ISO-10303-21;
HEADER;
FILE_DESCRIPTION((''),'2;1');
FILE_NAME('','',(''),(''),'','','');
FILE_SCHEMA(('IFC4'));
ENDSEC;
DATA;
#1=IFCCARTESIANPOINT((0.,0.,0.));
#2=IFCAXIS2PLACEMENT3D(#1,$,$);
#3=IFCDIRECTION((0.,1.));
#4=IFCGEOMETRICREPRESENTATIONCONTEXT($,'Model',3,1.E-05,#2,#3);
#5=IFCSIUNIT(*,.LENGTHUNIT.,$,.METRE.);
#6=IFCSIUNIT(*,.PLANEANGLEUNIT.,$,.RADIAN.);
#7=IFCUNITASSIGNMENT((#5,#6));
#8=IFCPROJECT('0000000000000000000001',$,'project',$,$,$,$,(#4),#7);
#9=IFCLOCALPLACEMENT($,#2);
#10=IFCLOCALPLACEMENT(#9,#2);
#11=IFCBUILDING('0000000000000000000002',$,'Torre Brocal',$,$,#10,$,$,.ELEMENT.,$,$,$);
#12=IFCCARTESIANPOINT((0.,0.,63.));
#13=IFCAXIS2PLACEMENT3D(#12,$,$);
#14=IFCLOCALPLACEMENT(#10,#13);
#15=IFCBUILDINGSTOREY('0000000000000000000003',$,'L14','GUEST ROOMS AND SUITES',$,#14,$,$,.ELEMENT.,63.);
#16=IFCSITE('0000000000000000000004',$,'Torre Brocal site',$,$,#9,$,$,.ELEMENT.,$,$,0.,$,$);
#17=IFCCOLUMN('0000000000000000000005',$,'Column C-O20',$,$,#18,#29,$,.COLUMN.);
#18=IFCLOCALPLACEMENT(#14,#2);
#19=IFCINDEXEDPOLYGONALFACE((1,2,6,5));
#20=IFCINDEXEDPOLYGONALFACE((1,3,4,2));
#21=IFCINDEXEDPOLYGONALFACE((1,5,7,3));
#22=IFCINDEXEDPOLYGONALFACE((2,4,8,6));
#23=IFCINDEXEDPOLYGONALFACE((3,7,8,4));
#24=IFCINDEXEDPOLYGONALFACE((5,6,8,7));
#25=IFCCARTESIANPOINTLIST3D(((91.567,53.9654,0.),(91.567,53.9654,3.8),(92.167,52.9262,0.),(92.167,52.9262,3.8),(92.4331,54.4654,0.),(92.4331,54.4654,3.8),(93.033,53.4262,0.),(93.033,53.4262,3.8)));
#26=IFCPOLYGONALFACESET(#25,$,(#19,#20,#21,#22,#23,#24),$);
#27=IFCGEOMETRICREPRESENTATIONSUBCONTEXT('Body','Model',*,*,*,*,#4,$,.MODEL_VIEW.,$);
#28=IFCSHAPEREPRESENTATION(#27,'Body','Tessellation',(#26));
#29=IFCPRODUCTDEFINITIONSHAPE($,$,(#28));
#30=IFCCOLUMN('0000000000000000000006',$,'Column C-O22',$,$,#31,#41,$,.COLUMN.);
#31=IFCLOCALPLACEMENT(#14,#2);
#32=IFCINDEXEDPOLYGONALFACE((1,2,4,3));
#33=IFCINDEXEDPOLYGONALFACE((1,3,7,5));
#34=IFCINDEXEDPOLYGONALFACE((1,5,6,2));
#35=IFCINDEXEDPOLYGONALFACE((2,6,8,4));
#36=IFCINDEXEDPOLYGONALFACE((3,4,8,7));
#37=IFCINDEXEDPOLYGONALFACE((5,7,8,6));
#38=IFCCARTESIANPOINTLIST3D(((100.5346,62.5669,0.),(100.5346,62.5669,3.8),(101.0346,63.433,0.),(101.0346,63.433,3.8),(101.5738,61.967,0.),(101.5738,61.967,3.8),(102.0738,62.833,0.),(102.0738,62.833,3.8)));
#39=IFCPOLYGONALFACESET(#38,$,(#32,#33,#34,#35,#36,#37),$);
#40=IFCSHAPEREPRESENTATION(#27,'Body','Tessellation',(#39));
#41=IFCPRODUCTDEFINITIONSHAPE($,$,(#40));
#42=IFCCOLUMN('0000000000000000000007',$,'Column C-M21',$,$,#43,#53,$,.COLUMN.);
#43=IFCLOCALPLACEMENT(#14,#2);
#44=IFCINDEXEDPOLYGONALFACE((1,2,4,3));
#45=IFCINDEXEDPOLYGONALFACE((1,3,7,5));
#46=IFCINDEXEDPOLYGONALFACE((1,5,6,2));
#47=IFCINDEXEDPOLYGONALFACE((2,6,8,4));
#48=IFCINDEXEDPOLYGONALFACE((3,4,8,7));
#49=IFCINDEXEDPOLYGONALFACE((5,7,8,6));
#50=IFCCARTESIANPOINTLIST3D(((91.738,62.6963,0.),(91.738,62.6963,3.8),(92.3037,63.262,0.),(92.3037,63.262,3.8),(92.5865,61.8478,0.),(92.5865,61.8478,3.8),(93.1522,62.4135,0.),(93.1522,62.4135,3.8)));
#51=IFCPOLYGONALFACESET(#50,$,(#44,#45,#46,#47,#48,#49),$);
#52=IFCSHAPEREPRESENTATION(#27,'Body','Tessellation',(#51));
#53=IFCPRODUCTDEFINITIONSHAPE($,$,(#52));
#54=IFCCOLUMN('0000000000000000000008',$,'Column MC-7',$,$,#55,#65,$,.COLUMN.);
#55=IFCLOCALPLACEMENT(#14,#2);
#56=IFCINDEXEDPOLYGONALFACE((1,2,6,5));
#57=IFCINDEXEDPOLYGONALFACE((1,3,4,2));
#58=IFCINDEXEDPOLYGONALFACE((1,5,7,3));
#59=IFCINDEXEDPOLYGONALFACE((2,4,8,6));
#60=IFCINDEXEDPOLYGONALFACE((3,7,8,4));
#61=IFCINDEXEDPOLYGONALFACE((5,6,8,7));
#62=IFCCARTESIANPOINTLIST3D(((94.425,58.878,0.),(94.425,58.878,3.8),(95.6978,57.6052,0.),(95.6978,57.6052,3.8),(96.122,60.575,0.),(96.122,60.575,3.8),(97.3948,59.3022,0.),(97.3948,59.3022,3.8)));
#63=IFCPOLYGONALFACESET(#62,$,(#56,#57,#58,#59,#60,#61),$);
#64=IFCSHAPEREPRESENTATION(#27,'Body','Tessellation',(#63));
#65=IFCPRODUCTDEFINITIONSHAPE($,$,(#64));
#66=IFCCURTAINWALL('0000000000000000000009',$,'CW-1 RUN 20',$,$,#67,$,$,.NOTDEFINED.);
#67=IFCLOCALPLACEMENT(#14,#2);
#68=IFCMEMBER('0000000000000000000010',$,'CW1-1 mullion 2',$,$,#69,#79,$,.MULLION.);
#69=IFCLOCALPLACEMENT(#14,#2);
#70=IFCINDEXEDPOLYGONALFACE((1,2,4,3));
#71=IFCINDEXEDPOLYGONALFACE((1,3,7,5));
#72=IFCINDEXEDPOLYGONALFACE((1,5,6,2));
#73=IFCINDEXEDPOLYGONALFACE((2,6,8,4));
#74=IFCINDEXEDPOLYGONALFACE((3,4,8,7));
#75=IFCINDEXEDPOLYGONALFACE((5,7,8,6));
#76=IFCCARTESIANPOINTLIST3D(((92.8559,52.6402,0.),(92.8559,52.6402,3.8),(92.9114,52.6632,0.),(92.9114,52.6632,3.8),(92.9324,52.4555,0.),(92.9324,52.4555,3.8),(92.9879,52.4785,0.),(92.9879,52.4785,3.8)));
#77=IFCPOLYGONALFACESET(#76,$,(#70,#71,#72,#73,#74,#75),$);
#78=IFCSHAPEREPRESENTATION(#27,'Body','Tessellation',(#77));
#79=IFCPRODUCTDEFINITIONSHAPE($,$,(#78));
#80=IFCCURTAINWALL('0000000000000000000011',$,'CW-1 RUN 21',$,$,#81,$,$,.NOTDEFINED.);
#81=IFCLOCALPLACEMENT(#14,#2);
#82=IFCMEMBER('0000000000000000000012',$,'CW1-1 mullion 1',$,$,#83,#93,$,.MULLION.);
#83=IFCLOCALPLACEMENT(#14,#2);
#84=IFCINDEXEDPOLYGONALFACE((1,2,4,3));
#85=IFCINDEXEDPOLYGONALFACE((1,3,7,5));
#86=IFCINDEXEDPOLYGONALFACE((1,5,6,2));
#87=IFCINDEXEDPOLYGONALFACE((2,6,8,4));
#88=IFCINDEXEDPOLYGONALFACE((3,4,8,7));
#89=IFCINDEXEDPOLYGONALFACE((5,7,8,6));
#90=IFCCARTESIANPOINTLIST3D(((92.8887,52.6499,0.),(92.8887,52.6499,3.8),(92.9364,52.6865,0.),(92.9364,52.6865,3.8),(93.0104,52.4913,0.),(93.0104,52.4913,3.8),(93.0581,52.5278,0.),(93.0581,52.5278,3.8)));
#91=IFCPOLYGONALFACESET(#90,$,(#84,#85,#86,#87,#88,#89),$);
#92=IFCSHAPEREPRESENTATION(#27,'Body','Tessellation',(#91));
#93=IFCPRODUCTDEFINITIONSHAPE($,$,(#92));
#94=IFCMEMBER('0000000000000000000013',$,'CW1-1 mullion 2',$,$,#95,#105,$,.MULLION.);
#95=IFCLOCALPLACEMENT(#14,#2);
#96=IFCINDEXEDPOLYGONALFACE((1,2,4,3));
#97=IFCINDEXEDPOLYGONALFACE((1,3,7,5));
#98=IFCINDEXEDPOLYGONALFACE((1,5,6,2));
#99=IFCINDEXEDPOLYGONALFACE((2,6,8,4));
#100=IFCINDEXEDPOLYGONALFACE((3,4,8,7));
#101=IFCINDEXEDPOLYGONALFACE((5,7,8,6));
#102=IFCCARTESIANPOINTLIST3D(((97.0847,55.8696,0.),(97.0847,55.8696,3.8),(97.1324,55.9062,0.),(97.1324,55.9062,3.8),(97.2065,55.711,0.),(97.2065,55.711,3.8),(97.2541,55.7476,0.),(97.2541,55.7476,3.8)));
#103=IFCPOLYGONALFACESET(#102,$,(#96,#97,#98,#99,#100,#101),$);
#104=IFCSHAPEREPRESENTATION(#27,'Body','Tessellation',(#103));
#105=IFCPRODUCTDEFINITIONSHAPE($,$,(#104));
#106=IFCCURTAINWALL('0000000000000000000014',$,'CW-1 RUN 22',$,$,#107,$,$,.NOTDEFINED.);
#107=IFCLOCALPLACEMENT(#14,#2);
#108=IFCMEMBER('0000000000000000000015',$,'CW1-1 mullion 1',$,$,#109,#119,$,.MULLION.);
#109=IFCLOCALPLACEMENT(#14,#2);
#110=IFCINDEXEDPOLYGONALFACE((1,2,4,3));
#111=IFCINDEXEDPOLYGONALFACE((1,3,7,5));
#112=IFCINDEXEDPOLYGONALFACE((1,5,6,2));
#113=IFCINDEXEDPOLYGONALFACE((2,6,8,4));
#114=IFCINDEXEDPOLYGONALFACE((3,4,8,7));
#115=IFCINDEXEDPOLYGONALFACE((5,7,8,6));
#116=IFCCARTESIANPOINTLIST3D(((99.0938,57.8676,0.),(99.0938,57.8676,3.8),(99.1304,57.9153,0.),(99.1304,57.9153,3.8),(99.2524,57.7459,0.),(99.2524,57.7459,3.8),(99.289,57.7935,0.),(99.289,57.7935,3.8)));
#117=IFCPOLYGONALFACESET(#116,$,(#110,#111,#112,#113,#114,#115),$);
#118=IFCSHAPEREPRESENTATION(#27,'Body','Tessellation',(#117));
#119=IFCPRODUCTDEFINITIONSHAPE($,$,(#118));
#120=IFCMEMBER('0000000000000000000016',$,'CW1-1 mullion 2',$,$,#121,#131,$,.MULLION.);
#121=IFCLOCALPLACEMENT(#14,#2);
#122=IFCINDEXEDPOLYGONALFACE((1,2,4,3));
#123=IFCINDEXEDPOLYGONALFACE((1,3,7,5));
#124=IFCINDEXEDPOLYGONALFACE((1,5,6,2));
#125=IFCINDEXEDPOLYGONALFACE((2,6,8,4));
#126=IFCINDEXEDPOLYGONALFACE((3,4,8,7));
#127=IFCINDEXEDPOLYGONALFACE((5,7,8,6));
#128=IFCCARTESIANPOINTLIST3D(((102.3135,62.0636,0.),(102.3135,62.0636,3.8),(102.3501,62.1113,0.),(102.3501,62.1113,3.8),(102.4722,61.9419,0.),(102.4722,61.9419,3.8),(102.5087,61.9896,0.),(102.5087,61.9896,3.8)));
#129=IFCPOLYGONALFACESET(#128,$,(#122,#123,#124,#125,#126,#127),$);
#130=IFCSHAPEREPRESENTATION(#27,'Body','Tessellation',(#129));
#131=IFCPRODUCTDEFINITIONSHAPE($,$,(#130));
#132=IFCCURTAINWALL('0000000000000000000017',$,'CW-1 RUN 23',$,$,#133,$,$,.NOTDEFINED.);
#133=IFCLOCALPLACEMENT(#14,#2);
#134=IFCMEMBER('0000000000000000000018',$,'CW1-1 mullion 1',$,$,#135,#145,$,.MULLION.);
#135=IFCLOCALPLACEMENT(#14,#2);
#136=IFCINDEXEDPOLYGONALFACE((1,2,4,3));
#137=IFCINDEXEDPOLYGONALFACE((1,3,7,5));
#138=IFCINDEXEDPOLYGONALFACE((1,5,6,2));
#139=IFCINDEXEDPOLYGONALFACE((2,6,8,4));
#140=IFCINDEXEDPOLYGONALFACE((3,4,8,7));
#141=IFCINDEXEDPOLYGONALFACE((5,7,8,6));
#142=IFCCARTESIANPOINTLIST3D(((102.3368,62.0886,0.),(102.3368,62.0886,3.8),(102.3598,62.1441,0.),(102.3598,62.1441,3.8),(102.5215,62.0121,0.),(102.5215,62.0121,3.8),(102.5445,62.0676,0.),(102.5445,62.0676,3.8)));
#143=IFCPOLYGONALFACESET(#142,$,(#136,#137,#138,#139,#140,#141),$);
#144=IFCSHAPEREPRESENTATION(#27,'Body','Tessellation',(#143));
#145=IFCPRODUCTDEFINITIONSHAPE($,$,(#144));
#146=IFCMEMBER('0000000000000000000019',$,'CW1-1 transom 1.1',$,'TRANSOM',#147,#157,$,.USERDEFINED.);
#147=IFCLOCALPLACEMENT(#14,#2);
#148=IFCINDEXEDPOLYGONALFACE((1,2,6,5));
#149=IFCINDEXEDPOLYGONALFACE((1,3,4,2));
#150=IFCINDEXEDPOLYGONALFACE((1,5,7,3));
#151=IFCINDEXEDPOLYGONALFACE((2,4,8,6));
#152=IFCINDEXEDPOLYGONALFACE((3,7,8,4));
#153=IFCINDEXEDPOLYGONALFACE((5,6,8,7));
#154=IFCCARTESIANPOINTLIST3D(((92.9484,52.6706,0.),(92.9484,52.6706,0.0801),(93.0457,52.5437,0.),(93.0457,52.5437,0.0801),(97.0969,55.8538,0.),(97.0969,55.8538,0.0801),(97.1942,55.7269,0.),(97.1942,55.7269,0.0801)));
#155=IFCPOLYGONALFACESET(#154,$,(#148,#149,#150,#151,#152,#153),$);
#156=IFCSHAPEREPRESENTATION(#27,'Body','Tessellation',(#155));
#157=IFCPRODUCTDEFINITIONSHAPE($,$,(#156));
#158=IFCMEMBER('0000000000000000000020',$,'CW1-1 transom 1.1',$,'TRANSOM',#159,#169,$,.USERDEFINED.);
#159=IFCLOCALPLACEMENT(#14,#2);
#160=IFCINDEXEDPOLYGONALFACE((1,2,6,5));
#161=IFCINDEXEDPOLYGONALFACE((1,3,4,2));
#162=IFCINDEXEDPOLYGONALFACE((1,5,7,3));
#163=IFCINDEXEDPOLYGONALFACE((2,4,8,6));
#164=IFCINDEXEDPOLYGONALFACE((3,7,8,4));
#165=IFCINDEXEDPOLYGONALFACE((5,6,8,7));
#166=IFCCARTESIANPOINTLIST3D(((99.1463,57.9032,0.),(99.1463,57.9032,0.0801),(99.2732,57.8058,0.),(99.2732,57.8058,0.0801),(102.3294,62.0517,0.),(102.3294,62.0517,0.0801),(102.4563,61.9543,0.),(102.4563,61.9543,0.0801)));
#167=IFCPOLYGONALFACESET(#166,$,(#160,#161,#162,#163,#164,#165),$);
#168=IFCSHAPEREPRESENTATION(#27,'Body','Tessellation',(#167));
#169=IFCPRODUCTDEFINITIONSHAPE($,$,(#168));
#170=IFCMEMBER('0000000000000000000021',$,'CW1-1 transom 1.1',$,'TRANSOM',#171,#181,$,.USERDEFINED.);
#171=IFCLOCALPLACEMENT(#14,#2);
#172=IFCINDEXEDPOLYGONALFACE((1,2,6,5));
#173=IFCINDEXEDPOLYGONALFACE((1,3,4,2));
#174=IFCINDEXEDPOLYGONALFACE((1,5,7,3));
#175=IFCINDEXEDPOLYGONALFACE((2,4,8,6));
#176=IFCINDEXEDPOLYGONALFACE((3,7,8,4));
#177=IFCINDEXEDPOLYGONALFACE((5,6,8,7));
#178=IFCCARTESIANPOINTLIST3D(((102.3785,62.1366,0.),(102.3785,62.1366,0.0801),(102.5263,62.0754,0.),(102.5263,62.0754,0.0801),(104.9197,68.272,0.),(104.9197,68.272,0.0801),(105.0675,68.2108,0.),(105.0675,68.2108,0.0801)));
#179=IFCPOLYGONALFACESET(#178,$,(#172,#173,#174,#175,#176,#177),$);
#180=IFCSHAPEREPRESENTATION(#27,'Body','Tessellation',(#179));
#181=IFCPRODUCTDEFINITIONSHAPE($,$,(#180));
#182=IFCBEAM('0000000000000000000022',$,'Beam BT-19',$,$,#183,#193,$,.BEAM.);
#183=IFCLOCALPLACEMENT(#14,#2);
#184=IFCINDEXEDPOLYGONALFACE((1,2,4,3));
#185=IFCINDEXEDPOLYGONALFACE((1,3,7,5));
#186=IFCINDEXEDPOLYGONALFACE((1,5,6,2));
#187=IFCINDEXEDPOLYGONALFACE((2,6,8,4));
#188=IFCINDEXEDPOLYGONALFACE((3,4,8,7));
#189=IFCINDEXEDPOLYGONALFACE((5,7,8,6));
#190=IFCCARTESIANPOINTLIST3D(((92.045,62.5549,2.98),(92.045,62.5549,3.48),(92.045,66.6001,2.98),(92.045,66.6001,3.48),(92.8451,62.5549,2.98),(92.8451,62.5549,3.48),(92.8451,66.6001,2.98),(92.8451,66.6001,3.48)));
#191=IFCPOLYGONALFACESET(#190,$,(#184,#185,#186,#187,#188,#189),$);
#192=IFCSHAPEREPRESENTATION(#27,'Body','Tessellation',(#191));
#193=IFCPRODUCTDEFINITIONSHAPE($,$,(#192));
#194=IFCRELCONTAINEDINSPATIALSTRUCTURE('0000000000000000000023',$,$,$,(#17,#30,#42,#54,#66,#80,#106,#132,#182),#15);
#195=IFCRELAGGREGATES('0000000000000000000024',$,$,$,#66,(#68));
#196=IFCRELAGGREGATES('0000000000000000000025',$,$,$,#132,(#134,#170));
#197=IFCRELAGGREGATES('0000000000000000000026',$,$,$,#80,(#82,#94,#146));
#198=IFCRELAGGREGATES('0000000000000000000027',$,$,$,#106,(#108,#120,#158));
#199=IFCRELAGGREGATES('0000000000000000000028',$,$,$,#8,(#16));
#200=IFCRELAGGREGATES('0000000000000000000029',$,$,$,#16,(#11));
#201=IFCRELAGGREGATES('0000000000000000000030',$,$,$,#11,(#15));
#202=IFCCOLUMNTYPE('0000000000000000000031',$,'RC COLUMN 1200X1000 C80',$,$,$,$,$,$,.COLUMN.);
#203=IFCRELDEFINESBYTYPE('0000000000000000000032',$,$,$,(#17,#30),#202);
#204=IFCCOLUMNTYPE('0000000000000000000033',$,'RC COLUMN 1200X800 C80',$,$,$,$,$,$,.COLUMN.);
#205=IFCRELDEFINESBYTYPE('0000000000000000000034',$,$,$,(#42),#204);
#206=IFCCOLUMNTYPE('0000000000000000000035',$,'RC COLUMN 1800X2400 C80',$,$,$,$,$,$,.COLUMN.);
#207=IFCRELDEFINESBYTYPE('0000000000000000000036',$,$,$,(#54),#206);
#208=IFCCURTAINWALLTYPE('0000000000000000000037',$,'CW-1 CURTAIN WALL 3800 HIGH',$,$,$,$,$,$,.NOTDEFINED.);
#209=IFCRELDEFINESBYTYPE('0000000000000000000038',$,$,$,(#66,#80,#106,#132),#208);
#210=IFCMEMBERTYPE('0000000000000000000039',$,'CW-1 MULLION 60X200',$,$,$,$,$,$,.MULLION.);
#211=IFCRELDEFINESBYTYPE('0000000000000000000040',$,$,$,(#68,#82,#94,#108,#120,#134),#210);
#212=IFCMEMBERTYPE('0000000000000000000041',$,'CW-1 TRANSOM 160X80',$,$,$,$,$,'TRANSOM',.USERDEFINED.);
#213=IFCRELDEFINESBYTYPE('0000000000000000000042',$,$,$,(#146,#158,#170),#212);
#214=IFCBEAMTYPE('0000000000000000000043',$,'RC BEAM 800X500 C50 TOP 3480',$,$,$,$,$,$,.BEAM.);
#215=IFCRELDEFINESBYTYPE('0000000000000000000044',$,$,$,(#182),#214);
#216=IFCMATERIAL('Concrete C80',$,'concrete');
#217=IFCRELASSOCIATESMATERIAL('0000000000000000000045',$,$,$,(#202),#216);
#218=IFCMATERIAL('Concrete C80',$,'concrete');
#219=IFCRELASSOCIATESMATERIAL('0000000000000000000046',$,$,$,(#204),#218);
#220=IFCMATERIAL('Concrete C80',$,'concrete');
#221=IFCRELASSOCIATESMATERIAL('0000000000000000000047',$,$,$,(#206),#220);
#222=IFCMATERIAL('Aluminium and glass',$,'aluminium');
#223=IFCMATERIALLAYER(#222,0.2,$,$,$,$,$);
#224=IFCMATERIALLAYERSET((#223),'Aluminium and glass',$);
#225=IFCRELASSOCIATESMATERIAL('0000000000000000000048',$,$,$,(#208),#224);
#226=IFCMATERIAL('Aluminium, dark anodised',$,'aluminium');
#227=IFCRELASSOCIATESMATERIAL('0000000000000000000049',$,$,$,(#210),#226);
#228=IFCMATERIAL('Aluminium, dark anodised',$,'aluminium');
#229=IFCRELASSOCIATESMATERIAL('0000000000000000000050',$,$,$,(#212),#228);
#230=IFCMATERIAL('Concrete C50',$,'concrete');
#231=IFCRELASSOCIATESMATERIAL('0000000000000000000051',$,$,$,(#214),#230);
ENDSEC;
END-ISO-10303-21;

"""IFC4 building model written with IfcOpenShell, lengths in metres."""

from ifc_helpers import new_model, si_unit, direction, frame, origin, origin_2d, place, context, subcontext, project, spatial, rectangle, extrude, material, layer, layer_set, material_profile, profile_set, type_object, element, aggregate, save


model = new_model("IFC4")

# Units and contexts
model_context = context("Model", 3, precision=1e-05, world=origin(), true_north=direction((0.0, 1.0)))
body_context = subcontext(model_context, "Body", "Model", "MODEL_VIEW")
ifc_project = project(units=[si_unit("LENGTHUNIT", "METRE"), si_unit("PLANEANGLEUNIT", "RADIAN")], contexts=[model_context])

# Site, building, storey
site_placement = place(None, origin())
site = spatial("IfcSite", under=ifc_project, at=site_placement, Name="Torre Brocal site", CompositionType="ELEMENT", RefElevation=0.0)
building_placement = place(site_placement, origin())
building = spatial("IfcBuilding", under=site, at=building_placement, Name="Torre Brocal", CompositionType="ELEMENT")
storey_placement = place(building_placement, frame((0.0, 0.0, 63.0)))
storey = spatial("IfcBuildingStorey", under=building, at=storey_placement, Name="L14", Description="GUEST ROOMS AND SUITES", CompositionType="ELEMENT", Elevation=63.0)

# Columns
ifc_material_1 = material(Name="Concrete C80", Category="concrete")
ifc_material_profile_1 = material_profile(ifc_material_1, rectangle(XDim=1.2, YDim=1.0, at=origin_2d()), Name="RC 1200X1000")
ifc_profile_set_1 = profile_set([ifc_material_profile_1], Name="Concrete C80")
column_type_1 = type_object("IfcColumnType", Name="RC COLUMN 1200X1000 C80", PredefinedType="COLUMN", material=ifc_profile_set_1)
for number, where, z_axis, x_axis, name in (
    (1, (92.3, 53.6958, 0.0), (0.0, 0.0, 1.0), (0.5, -0.866025, 0.0), "Column C-O20"),
    (2, (101.3042, 62.7, 0.0), (0.0, 0.0, 1.0), (0.866025, -0.5, 0.0), "Column C-O22"),
):
    element("IfcColumn", number, at=place(storey_placement, frame(where, z_axis=z_axis, x_axis=x_axis)), inside=storey, type_object=column_type_1, Name=name, PredefinedType="COLUMN", context=body_context, shape_type="SweptSolid", body=[
        extrude(rectangle(XDim=1.2, YDim=1.0, at=origin_2d()), origin(), (0.0, 0.0, 1.0), 3.8),
    ])
ifc_material_2 = material(Name="Concrete C80", Category="concrete")
ifc_material_profile_2 = material_profile(ifc_material_2, rectangle(XDim=1.2, YDim=0.8, at=origin_2d()), Name="RC 1200X800")
ifc_profile_set_2 = profile_set([ifc_material_profile_2], Name="Concrete C80")
column_type_2 = type_object("IfcColumnType", Name="RC COLUMN 1200X800 C80", PredefinedType="COLUMN", material=ifc_profile_set_2)
column_1_placement = place(storey_placement, frame((92.4451, 62.5549, 0.0), z_axis=(0.0, 0.0, 1.0), x_axis=(0.707107, -0.707107, 0.0)))
element("IfcColumn", 3, at=column_1_placement, inside=storey, type_object=column_type_2, Name="Column C-M21", PredefinedType="COLUMN", context=body_context, shape_type="SweptSolid", body=[
    extrude(rectangle(XDim=1.2, YDim=0.8, at=origin_2d()), origin(), (0.0, 0.0, 1.0), 3.8),
])
ifc_material_3 = material(Name="Concrete C80", Category="concrete")
ifc_material_profile_3 = material_profile(ifc_material_3, rectangle(XDim=1.8, YDim=2.3999, at=origin_2d()), Name="RC 1800X2400")
ifc_profile_set_3 = profile_set([ifc_material_profile_3], Name="Concrete C80")
column_type_3 = type_object("IfcColumnType", Name="RC COLUMN 1800X2400 C80", PredefinedType="COLUMN", material=ifc_profile_set_3)
column_2_placement = place(storey_placement, frame((95.9099, 59.0901, 0.0), z_axis=(0.0, 0.0, 1.0), x_axis=(0.707107, -0.707107, 0.0)))
element("IfcColumn", 4, at=column_2_placement, inside=storey, type_object=column_type_3, Name="Column MC-7", PredefinedType="COLUMN", context=body_context, shape_type="SweptSolid", body=[
    extrude(rectangle(XDim=1.8, YDim=2.3999, at=origin_2d()), origin(), (0.0, 0.0, 1.0), 3.8),
])

# Curtain wall, member
ifc_material_4 = material(Name="Aluminium and glass", Category="aluminium")
ifc_layer_1 = layer(ifc_material_4, 0.2)
ifc_layer_set_1 = layer_set([ifc_layer_1], Name="Aluminium and glass")
curtain_wall_type = type_object("IfcCurtainWallType", Name="CW-1 CURTAIN WALL 3800 HIGH", PredefinedType="NOTDEFINED", material=ifc_layer_set_1)
curtain_wall_1_placement = place(storey_placement, origin())
curtain_wall_1 = element("IfcCurtainWall", 5, at=curtain_wall_1_placement, inside=storey, type_object=curtain_wall_type, Name="CW-1 RUN 20", PredefinedType="NOTDEFINED")
ifc_material_5 = material(Name="Aluminium, dark anodised", Category="aluminium")
ifc_material_profile_4 = material_profile(ifc_material_5, rectangle(XDim=0.2, YDim=0.0601, at=origin_2d()), Name="CW-1 MULLION 60X200")
ifc_profile_set_4 = profile_set([ifc_material_profile_4], Name="Aluminium, dark anodised")
member_type_1 = type_object("IfcMemberType", Name="CW-1 MULLION 60X200", PredefinedType="MULLION", material=ifc_profile_set_4)
member_1_placement = place(storey_placement, frame((92.9219, 52.5593, 0.0), z_axis=(0.0, 0.0, 1.0), x_axis=(-0.382683, 0.92388, 0.0)))
member_1 = element("IfcMember", 6, at=member_1_placement, type_object=member_type_1, Name="CW1-1 mullion 2", PredefinedType="MULLION", context=body_context, shape_type="SweptSolid", body=[
    extrude(rectangle(XDim=0.2, YDim=0.0601, at=origin_2d()), origin(), (0.0, 0.0, 1.0), 3.8),
])
aggregate(curtain_wall_1, [member_1])

# Curtain walls, members
curtain_wall_2_placement = place(storey_placement, origin())
curtain_wall_2 = element("IfcCurtainWall", 7, at=curtain_wall_2_placement, inside=storey, type_object=curtain_wall_type, Name="CW-1 RUN 21", PredefinedType="NOTDEFINED")
member_2_placement = place(storey_placement, frame((92.9734, 52.5889, 0.0), z_axis=(0.0, 0.0, 1.0), x_axis=(-0.608761, 0.793353, 0.0)))
member_2 = element("IfcMember", 8, at=member_2_placement, type_object=member_type_1, Name="CW1-1 mullion 1", PredefinedType="MULLION", context=body_context, shape_type="SweptSolid", body=[
    extrude(rectangle(XDim=0.2, YDim=0.0601, at=origin_2d()), origin(), (0.0, 0.0, 1.0), 3.8),
])
member_3_placement = place(storey_placement, frame((97.1694, 55.8086, 0.0), z_axis=(0.0, 0.0, 1.0), x_axis=(-0.608761, 0.793353, 0.0)))
member_3 = element("IfcMember", 9, at=member_3_placement, type_object=member_type_1, Name="CW1-1 mullion 2", PredefinedType="MULLION", context=body_context, shape_type="SweptSolid", body=[
    extrude(rectangle(XDim=0.2, YDim=0.0601, at=origin_2d()), origin(), (0.0, 0.0, 1.0), 3.8),
])
curtain_wall_3_placement = place(storey_placement, origin())
curtain_wall_3 = element("IfcCurtainWall", 10, at=curtain_wall_3_placement, inside=storey, type_object=curtain_wall_type, Name="CW-1 RUN 22", PredefinedType="NOTDEFINED")
member_4_placement = place(storey_placement, frame((99.1914, 57.8306, 0.0), z_axis=(0.0, 0.0, 1.0), x_axis=(-0.793353, 0.608761, 0.0)))
member_4 = element("IfcMember", 11, at=member_4_placement, type_object=member_type_1, Name="CW1-1 mullion 1", PredefinedType="MULLION", context=body_context, shape_type="SweptSolid", body=[
    extrude(rectangle(XDim=0.2, YDim=0.0601, at=origin_2d()), origin(), (0.0, 0.0, 1.0), 3.8),
])
member_5_placement = place(storey_placement, frame((102.4111, 62.0266, 0.0), z_axis=(0.0, 0.0, 1.0), x_axis=(-0.793353, 0.608761, 0.0)))
member_5 = element("IfcMember", 12, at=member_5_placement, type_object=member_type_1, Name="CW1-1 mullion 2", PredefinedType="MULLION", context=body_context, shape_type="SweptSolid", body=[
    extrude(rectangle(XDim=0.2, YDim=0.0601, at=origin_2d()), origin(), (0.0, 0.0, 1.0), 3.8),
])

# Curtain wall, member
curtain_wall_4_placement = place(storey_placement, origin())
curtain_wall_4 = element("IfcCurtainWall", 13, at=curtain_wall_4_placement, inside=storey, type_object=curtain_wall_type, Name="CW-1 RUN 23", PredefinedType="NOTDEFINED")
member_6_placement = place(storey_placement, frame((102.4407, 62.0781, 0.0), z_axis=(0.0, 0.0, 1.0), x_axis=(-0.92388, 0.382683, 0.0)))
member_6 = element("IfcMember", 14, at=member_6_placement, type_object=member_type_1, Name="CW1-1 mullion 1", PredefinedType="MULLION", context=body_context, shape_type="SweptSolid", body=[
    extrude(rectangle(XDim=0.2, YDim=0.0601, at=origin_2d()), origin(), (0.0, 0.0, 1.0), 3.8),
])

# Members
ifc_material_6 = material(Name="Aluminium, dark anodised", Category="aluminium")
ifc_material_profile_5 = material_profile(ifc_material_6, rectangle(XDim=0.1599, YDim=0.0801, at=origin_2d()), Name="CW-1 TRANSOM 160X80")
ifc_profile_set_5 = profile_set([ifc_material_profile_5], Name="Aluminium, dark anodised")
member_type_2 = type_object("IfcMemberType", Name="CW-1 TRANSOM 160X80", ElementType="TRANSOM", PredefinedType="USERDEFINED", material=ifc_profile_set_5)
member_7_placement = place(storey_placement, frame((92.9971, 52.6072, 0.04), z_axis=(0.793363, 0.608749, 0.0), x_axis=(-0.608749, 0.793363, 0.0)))
member_7 = element("IfcMember", 15, at=member_7_placement, type_object=member_type_2, Name="CW1-1 transom 1.1", ObjectType="TRANSOM", PredefinedType="USERDEFINED", context=body_context, shape_type="SweptSolid", body=[
    extrude(rectangle(XDim=0.1599, YDim=0.0801, at=origin_2d()), origin(), (0.0, 0.0, 1.0), 5.229),
])
member_8_placement = place(storey_placement, frame((99.2097, 57.8545, 0.04), z_axis=(0.608749, 0.793363, 0.0), x_axis=(-0.793363, 0.608749, 0.0)))
member_8 = element("IfcMember", 16, at=member_8_placement, type_object=member_type_2, Name="CW1-1 transom 1.1", ObjectType="TRANSOM", PredefinedType="USERDEFINED", context=body_context, shape_type="SweptSolid", body=[
    extrude(rectangle(XDim=0.1599, YDim=0.0801, at=origin_2d()), origin(), (0.0, 0.0, 1.0), 5.229),
])
member_9_placement = place(storey_placement, frame((102.4524, 62.106, 0.04), z_axis=(0.382665, 0.923887, 0.0), x_axis=(-0.923887, 0.382665, 0.0)))
member_9 = element("IfcMember", 17, at=member_9_placement, type_object=member_type_2, Name="CW1-1 transom 1.1", ObjectType="TRANSOM", PredefinedType="USERDEFINED", context=body_context, shape_type="SweptSolid", body=[
    extrude(rectangle(XDim=0.1599, YDim=0.0801, at=origin_2d()), origin(), (0.0, 0.0, 1.0), 6.6409),
])
aggregate(curtain_wall_4, [member_6, member_9])

# Beam
ifc_material_7 = material(Name="Concrete C50", Category="concrete")
ifc_material_profile_6 = material_profile(ifc_material_7, rectangle(XDim=0.8, YDim=0.5, at=origin_2d()), Name="RC 800X500")
ifc_profile_set_6 = profile_set([ifc_material_profile_6], Name="Concrete C50")
beam_type_1 = type_object("IfcBeamType", Name="RC BEAM 800X500 C50 TOP 3480", PredefinedType="BEAM", material=ifc_profile_set_6)
beam_placement = place(storey_placement, frame((92.4451, 62.5549, 3.23), z_axis=(0.0, 1.0, 0.0), x_axis=(-1.0, 0.0, 0.0)))
element("IfcBeam", 18, at=beam_placement, inside=storey, type_object=beam_type_1, Name="Beam BT-19", PredefinedType="BEAM", context=body_context, shape_type="SweptSolid", body=[
    extrude(rectangle(XDim=0.8, YDim=0.5, at=origin_2d()), origin(), (0.0, 0.0, 1.0), 4.0452),
])

aggregate(curtain_wall_2, [member_2, member_3, member_7])
aggregate(curtain_wall_3, [member_4, member_5, member_8])

save(model, "model.ifc")
